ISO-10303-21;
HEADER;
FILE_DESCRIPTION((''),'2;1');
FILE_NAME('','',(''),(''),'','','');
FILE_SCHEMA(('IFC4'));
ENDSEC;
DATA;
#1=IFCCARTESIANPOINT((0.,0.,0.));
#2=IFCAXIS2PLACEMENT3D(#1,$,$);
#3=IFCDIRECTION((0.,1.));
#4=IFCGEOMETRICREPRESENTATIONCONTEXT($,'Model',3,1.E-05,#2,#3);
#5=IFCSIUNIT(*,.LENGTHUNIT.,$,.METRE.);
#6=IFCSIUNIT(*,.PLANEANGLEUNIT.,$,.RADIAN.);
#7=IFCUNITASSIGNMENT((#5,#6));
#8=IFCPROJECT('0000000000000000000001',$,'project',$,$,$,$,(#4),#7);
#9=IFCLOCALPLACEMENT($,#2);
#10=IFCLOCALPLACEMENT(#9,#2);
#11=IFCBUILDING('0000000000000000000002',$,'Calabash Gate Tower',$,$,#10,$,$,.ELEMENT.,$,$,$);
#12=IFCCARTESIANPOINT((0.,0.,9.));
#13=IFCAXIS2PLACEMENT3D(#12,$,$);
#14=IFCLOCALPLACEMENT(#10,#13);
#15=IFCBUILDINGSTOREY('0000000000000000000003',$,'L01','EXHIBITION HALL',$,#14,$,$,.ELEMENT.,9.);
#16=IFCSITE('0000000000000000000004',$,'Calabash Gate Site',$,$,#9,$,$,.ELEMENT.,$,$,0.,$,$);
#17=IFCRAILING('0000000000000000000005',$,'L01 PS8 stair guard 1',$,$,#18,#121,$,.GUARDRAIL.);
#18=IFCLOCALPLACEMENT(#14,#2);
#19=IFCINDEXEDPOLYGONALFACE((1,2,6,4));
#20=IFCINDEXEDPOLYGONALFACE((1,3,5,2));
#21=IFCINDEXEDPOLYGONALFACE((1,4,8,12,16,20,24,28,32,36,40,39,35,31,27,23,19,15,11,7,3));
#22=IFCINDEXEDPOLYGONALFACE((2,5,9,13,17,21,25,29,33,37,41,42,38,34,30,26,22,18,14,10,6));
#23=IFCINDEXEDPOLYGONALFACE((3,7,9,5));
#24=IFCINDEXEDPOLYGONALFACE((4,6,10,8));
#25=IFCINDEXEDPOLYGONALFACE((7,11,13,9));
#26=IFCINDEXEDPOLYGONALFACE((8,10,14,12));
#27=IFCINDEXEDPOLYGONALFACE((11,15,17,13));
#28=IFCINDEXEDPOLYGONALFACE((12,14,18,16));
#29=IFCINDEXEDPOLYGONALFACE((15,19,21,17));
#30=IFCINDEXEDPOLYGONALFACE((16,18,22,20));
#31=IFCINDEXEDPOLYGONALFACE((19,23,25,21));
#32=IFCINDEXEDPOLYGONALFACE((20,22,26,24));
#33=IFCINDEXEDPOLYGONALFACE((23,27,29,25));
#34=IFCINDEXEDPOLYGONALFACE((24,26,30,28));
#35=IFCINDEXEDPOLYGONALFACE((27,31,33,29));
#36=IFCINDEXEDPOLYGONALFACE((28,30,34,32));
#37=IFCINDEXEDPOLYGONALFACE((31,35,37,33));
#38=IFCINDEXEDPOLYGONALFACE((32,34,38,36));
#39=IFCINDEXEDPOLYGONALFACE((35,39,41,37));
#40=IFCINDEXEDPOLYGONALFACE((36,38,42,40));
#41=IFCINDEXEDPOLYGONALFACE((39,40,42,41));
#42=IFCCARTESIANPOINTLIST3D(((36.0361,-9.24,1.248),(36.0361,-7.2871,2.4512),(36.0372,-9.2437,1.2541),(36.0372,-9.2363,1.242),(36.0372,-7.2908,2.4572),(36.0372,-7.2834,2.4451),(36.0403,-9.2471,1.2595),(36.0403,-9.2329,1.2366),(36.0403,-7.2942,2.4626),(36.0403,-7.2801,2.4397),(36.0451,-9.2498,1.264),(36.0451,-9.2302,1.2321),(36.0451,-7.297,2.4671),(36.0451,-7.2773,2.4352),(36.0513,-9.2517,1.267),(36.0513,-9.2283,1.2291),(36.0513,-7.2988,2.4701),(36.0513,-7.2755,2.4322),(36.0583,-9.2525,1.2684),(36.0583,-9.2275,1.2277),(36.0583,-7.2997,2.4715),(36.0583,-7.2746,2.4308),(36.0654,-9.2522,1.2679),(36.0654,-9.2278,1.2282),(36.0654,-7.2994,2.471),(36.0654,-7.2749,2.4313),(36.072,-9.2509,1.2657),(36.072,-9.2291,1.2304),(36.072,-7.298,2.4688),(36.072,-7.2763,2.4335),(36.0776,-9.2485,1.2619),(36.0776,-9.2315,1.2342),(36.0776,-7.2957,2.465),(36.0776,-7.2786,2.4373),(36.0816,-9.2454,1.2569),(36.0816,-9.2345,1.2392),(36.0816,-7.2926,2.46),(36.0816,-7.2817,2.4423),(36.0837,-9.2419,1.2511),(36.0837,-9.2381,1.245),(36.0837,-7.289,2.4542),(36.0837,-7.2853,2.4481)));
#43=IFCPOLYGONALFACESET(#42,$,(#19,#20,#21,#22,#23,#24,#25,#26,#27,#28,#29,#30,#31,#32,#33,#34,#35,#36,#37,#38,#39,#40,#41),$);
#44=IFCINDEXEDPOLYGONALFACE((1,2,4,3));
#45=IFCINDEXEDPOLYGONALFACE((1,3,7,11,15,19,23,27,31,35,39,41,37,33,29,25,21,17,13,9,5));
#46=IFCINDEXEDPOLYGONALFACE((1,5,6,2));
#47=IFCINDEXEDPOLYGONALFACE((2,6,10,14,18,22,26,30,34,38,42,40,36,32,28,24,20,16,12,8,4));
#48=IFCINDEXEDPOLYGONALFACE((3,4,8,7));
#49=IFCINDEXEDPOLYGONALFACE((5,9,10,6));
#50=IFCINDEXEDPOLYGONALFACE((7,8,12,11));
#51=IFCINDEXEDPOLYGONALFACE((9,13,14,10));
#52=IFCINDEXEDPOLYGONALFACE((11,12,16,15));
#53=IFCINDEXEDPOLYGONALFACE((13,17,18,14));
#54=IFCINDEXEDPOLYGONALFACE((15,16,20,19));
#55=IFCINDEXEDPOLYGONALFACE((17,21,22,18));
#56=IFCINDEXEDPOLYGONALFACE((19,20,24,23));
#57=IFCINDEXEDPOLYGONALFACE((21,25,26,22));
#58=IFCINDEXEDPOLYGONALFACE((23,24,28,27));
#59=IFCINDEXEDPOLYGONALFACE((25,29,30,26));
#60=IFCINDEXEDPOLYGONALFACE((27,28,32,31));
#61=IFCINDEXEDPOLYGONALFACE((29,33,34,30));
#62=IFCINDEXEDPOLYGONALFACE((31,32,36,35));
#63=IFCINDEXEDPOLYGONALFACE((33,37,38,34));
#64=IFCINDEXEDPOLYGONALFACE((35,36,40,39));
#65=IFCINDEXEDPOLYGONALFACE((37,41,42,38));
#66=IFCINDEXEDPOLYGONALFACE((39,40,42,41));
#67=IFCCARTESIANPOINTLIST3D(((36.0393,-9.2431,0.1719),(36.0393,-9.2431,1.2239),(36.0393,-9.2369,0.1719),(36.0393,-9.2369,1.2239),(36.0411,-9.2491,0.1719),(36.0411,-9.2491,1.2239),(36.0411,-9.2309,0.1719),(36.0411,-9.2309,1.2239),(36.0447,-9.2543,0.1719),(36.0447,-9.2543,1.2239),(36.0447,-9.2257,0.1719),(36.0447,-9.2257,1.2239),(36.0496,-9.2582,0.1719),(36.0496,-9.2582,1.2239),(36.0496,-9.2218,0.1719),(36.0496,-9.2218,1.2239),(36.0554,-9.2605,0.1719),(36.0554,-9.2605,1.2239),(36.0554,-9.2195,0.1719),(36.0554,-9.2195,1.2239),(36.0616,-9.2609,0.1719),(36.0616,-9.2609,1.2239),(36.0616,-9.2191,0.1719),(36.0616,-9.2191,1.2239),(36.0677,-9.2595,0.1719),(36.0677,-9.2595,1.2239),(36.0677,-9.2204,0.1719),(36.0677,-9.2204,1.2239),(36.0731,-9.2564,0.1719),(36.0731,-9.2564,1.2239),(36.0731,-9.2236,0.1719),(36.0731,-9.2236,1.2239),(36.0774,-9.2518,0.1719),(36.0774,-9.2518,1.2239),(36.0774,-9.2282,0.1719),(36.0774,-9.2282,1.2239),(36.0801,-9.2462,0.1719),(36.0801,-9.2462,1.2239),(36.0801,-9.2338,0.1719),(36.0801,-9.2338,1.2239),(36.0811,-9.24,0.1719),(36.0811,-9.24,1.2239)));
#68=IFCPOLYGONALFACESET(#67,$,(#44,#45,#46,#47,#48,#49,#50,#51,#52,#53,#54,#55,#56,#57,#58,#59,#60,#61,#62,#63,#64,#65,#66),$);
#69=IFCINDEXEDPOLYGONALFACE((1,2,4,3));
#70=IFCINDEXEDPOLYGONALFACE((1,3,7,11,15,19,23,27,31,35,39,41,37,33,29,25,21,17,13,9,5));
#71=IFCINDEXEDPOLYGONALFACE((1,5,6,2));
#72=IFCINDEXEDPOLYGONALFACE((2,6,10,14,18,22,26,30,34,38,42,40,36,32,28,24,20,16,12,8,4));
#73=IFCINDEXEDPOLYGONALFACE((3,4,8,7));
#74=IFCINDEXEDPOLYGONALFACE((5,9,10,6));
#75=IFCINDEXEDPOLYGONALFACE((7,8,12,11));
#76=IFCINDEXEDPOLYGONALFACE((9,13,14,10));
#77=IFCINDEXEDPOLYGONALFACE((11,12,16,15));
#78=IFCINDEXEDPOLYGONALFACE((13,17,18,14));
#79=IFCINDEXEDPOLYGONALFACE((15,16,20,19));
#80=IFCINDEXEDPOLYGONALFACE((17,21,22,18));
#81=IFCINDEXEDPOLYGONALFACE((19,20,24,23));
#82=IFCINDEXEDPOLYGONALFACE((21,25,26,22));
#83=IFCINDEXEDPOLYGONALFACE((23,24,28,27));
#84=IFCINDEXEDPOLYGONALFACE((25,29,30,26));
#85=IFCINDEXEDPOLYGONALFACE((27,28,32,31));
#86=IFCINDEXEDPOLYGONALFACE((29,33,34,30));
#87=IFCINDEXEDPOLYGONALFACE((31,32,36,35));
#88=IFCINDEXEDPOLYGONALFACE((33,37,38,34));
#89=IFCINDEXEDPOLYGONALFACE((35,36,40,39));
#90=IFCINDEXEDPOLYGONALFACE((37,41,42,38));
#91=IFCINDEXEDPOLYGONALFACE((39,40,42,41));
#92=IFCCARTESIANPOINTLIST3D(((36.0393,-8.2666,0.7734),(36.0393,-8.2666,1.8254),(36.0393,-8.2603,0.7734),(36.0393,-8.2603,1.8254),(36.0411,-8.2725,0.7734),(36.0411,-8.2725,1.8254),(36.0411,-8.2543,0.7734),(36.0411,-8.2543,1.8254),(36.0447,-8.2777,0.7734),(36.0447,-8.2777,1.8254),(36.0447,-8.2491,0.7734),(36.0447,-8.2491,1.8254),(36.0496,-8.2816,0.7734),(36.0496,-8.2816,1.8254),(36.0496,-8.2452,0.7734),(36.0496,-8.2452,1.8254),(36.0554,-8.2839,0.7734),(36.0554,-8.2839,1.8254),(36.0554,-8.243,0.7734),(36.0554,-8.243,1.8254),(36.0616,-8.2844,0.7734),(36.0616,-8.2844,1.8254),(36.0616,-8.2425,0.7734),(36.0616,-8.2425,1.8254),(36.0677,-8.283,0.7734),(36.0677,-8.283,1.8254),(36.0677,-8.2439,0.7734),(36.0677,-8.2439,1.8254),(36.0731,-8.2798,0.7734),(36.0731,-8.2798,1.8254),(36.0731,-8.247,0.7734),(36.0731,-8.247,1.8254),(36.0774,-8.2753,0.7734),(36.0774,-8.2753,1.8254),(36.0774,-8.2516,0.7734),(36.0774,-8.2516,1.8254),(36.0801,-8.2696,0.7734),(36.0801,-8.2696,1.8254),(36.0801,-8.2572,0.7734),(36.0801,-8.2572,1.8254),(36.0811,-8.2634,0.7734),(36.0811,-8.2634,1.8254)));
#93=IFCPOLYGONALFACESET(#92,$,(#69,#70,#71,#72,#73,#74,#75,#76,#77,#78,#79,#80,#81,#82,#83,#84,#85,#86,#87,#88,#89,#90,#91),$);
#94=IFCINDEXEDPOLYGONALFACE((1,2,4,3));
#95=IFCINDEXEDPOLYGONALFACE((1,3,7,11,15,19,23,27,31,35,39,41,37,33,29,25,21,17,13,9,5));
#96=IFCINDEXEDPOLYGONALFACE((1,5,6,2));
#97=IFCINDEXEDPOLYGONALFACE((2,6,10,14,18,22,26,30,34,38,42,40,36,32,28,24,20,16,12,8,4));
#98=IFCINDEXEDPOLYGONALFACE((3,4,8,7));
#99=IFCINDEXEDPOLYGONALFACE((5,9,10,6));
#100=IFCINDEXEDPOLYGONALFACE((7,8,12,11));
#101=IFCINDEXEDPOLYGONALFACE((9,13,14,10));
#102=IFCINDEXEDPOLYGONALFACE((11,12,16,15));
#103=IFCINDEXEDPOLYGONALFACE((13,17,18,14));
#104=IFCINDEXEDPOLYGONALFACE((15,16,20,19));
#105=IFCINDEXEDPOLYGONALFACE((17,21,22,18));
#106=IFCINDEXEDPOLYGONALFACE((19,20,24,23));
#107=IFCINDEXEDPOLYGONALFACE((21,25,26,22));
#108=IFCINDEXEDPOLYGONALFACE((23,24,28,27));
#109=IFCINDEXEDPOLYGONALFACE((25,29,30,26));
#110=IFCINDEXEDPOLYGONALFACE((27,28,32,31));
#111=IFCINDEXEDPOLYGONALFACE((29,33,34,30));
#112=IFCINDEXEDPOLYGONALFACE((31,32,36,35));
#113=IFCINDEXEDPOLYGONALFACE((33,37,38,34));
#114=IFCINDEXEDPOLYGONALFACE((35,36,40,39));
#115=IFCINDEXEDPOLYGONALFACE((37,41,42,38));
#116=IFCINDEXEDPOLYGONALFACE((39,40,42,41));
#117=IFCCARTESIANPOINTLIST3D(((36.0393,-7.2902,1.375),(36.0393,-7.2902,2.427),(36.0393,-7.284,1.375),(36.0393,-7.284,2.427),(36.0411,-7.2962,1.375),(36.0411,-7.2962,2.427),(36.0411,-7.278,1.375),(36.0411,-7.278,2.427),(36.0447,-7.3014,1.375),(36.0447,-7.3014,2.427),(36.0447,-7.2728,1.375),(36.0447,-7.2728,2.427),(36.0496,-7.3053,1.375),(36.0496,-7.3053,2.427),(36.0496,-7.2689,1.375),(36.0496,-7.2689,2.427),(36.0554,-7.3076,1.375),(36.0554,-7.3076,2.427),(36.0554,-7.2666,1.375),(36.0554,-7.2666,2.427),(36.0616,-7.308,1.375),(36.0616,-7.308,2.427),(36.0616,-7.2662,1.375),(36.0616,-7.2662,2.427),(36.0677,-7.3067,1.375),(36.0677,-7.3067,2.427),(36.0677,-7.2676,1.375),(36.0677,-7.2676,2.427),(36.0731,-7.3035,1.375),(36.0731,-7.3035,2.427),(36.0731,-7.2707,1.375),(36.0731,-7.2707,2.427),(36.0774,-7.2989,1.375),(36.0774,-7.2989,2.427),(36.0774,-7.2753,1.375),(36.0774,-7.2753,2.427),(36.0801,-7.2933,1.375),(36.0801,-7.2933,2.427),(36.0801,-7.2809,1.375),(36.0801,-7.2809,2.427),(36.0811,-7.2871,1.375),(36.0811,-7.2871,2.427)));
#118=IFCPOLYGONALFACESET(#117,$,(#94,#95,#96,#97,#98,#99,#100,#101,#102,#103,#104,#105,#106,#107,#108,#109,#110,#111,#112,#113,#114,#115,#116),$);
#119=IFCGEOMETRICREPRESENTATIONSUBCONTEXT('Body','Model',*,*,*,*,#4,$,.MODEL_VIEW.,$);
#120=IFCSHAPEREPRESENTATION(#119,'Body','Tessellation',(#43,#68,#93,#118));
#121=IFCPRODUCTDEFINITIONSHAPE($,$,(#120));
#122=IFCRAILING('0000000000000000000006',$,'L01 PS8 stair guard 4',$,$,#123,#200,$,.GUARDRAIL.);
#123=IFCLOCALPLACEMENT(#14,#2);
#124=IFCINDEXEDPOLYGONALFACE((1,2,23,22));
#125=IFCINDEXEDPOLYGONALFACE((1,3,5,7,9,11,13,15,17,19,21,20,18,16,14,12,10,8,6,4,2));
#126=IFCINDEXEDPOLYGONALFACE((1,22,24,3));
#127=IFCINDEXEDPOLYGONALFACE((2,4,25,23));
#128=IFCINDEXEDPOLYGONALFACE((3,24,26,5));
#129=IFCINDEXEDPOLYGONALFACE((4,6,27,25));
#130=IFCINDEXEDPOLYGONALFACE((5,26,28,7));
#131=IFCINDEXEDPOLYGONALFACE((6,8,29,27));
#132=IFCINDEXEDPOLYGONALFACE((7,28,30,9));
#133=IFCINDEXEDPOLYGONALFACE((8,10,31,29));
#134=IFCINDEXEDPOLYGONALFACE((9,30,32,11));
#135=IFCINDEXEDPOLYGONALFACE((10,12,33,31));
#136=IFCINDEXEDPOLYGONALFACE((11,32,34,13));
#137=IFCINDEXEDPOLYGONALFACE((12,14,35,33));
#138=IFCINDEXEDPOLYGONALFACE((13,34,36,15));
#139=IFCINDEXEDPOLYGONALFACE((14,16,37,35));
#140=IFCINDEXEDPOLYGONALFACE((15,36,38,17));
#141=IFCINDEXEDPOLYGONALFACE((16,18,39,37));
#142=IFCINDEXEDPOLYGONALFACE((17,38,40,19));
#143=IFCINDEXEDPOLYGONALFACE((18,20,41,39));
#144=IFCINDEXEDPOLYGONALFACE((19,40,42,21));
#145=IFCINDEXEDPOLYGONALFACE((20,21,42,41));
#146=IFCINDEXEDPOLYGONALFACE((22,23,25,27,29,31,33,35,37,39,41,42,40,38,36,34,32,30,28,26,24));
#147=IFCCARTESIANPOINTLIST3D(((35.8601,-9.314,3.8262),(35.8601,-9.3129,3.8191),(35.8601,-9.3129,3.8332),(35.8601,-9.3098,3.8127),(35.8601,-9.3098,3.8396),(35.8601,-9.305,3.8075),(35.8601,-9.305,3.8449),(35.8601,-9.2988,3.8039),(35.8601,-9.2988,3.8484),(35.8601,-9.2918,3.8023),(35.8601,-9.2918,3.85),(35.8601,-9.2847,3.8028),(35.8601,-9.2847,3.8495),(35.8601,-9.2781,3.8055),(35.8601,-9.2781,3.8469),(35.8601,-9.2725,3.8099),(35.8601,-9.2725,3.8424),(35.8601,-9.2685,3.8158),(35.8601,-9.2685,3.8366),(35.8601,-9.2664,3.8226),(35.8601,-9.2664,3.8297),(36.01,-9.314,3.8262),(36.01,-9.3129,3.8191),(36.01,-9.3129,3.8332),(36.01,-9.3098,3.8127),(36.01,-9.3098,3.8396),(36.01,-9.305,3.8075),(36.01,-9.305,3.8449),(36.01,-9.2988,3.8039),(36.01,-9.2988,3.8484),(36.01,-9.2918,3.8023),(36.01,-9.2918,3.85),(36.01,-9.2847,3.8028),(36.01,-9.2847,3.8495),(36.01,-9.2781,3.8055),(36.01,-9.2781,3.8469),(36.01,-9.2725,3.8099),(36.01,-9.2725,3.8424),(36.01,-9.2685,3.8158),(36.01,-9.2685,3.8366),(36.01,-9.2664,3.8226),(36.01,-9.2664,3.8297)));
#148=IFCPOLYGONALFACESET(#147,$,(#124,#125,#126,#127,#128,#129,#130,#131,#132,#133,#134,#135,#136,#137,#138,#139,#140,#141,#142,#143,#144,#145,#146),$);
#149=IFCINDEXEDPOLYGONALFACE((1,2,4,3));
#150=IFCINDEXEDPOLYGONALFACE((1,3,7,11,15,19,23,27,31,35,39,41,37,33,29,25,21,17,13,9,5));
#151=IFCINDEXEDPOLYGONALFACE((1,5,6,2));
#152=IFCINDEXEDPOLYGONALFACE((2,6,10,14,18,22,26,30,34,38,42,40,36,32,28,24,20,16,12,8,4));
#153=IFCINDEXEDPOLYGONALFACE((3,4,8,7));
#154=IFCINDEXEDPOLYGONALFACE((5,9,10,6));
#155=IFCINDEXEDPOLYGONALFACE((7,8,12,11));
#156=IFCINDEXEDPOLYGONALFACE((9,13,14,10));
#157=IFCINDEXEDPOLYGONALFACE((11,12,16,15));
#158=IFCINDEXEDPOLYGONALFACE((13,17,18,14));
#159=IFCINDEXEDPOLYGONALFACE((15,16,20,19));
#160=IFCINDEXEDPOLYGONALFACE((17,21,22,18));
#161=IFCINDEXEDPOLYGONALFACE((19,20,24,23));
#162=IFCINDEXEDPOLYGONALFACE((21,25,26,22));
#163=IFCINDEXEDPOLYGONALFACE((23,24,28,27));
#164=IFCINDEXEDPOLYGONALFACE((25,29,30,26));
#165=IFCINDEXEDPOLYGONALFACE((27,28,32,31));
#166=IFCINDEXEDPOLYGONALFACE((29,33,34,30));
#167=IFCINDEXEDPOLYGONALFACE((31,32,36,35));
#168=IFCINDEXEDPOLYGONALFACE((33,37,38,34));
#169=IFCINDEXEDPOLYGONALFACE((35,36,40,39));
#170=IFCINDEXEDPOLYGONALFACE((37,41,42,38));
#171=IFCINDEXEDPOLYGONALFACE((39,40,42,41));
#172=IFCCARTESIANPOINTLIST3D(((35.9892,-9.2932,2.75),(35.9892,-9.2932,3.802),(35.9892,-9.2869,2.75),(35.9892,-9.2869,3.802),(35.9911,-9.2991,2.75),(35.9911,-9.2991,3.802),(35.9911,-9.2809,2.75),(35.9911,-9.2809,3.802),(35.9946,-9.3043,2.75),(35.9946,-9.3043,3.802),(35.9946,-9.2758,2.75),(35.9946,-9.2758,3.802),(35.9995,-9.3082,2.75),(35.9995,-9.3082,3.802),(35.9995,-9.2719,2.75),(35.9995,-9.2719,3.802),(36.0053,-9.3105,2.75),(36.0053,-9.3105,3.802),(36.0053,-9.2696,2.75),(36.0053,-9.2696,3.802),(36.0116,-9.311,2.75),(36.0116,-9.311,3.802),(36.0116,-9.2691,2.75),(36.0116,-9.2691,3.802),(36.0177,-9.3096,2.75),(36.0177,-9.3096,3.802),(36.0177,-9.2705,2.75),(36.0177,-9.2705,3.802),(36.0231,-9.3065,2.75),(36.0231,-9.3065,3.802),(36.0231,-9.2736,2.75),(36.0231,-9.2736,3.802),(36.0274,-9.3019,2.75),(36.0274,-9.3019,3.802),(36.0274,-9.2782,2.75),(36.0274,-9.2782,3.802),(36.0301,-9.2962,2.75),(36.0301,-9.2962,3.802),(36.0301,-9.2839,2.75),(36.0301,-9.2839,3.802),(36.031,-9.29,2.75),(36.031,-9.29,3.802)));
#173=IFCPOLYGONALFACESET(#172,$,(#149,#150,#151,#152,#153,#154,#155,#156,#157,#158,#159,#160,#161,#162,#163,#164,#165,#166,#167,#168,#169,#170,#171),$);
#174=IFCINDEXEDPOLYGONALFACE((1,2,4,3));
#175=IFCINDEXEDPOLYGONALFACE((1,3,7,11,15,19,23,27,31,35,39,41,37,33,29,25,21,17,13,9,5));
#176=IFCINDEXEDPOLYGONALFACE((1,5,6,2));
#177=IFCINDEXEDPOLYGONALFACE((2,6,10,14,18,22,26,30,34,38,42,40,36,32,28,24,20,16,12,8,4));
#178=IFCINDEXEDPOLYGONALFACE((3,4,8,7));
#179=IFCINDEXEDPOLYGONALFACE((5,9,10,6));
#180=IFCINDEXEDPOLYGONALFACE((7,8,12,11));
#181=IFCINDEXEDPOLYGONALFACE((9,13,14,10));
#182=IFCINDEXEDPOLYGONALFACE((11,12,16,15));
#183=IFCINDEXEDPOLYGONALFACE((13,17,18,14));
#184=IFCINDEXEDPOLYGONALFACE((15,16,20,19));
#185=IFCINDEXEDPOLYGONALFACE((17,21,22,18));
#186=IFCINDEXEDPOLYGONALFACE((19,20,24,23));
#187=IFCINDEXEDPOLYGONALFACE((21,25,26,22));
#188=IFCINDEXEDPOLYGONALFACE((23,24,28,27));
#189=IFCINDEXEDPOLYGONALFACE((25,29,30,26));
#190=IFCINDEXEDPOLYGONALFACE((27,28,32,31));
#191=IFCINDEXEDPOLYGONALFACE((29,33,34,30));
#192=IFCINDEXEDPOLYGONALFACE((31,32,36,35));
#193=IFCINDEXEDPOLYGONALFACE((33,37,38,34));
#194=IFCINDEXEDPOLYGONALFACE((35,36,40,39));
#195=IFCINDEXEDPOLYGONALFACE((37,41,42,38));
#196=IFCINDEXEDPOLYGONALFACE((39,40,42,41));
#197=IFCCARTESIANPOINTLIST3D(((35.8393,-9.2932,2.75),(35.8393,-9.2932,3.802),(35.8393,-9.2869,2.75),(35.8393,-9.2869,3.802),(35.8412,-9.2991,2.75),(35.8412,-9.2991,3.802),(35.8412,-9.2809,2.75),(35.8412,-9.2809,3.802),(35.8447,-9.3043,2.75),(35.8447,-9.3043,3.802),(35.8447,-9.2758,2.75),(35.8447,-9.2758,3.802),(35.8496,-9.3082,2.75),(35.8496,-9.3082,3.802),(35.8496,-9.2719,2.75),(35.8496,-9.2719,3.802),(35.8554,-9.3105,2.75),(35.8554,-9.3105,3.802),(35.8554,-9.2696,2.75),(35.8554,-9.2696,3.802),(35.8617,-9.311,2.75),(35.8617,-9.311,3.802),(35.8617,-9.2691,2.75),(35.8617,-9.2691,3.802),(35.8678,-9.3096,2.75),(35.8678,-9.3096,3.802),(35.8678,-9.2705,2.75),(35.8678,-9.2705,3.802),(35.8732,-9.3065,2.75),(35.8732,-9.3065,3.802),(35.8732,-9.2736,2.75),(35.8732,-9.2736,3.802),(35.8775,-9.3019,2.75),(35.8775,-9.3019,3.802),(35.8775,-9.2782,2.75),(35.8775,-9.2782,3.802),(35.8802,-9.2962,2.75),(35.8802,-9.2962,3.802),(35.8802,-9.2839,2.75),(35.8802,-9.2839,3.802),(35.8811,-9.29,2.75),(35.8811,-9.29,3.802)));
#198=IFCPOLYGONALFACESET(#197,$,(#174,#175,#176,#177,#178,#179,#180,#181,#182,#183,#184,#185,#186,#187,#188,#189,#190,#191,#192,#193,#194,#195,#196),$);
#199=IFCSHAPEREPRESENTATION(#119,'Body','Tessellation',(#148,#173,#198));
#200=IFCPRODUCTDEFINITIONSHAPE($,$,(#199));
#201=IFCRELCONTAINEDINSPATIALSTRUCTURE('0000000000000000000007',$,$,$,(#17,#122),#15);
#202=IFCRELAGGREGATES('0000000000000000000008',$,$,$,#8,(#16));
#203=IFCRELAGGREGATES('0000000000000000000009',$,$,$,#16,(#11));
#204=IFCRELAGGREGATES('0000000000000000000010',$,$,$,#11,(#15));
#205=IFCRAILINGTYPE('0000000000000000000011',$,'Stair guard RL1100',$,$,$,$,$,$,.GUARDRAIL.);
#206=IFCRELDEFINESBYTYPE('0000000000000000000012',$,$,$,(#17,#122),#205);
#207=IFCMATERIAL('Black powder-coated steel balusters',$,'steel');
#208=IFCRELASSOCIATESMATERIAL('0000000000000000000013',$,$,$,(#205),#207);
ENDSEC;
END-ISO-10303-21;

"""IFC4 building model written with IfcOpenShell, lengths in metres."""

from ifc_helpers import new_model, si_unit, direction, frame, origin, origin_2d, place, context, subcontext, project, spatial, circle, extrude, material, type_object, element, save


model = new_model("IFC4")

# Units and contexts
model_context = context("Model", 3, precision=1e-05, world=origin(), true_north=direction((0.0, 1.0)))
body_context = subcontext(model_context, "Body", "Model", "MODEL_VIEW")
ifc_project = project(units=[si_unit("LENGTHUNIT", "METRE"), si_unit("PLANEANGLEUNIT", "RADIAN")], contexts=[model_context])

# Site, building, storey
site_placement = place(None, origin())
site = spatial("IfcSite", under=ifc_project, at=site_placement, Name="Calabash Gate Site", CompositionType="ELEMENT", RefElevation=0.0)
building_placement = place(site_placement, origin())
building = spatial("IfcBuilding", under=site, at=building_placement, Name="Calabash Gate Tower", CompositionType="ELEMENT")
storey_placement = place(building_placement, frame((0.0, 0.0, 9.0)))
storey = spatial("IfcBuildingStorey", under=building, at=storey_placement, Name="L01", Description="EXHIBITION HALL", CompositionType="ELEMENT", Elevation=9.0)

# Railings
ifc_material_1 = material(Name="Black powder-coated steel balusters", Category="steel")
railing_type_1 = type_object("IfcRailingType", Name="Stair guard RL1100", PredefinedType="GUARDRAIL", material=ifc_material_1)
railing_1_placement = place(storey_placement, frame((36.0601, -9.24, 0.1719)))
element("IfcRailing", 1, at=railing_1_placement, inside=storey, type_object=railing_type_1, Name="L01 PS8 stair guard 1", PredefinedType="GUARDRAIL", context=body_context, shape_type="SweptSolid", body=[
    extrude(circle(Radius=0.0239, at=origin_2d()), frame((0.0, 0.0, 1.0762), z_axis=(0.0, 0.851395, 0.524525), x_axis=(-1.0, 0.0, 0.0)), (0.0, 0.0, 1.0), 2.2937),
    extrude(circle(Radius=0.021, at=origin_2d()), origin(), (0.0, 0.0, 1.0), 1.052),
    extrude(circle(Radius=0.021, at=origin_2d()), frame((0.0, 0.9766, 0.6016)), (0.0, 0.0, 1.0), 1.052),
    extrude(circle(Radius=0.021, at=origin_2d()), frame((0.0, 1.9529, 1.2031)), (0.0, 0.0, 1.0), 1.052),
])
railing_2_placement = place(storey_placement, frame((36.01, -9.29, 2.75)))
element("IfcRailing", 2, at=railing_2_placement, inside=storey, type_object=railing_type_1, Name="L01 PS8 stair guard 4", PredefinedType="GUARDRAIL", context=body_context, shape_type="SweptSolid", body=[
    extrude(circle(Radius=0.0239, at=origin_2d()), frame((0.0, 0.0, 1.0762), z_axis=(-1.0, 0.0, 0.0), x_axis=(0.0, -1.0, 0.0)), (0.0, 0.0, 1.0), 0.1499),
    extrude(circle(Radius=0.021, at=origin_2d()), origin(), (0.0, 0.0, 1.0), 1.052),
    extrude(circle(Radius=0.021, at=origin_2d()), frame((-0.1499, 0.0, 0.0)), (0.0, 0.0, 1.0), 1.052),
])

save(model, "model.ifc")
